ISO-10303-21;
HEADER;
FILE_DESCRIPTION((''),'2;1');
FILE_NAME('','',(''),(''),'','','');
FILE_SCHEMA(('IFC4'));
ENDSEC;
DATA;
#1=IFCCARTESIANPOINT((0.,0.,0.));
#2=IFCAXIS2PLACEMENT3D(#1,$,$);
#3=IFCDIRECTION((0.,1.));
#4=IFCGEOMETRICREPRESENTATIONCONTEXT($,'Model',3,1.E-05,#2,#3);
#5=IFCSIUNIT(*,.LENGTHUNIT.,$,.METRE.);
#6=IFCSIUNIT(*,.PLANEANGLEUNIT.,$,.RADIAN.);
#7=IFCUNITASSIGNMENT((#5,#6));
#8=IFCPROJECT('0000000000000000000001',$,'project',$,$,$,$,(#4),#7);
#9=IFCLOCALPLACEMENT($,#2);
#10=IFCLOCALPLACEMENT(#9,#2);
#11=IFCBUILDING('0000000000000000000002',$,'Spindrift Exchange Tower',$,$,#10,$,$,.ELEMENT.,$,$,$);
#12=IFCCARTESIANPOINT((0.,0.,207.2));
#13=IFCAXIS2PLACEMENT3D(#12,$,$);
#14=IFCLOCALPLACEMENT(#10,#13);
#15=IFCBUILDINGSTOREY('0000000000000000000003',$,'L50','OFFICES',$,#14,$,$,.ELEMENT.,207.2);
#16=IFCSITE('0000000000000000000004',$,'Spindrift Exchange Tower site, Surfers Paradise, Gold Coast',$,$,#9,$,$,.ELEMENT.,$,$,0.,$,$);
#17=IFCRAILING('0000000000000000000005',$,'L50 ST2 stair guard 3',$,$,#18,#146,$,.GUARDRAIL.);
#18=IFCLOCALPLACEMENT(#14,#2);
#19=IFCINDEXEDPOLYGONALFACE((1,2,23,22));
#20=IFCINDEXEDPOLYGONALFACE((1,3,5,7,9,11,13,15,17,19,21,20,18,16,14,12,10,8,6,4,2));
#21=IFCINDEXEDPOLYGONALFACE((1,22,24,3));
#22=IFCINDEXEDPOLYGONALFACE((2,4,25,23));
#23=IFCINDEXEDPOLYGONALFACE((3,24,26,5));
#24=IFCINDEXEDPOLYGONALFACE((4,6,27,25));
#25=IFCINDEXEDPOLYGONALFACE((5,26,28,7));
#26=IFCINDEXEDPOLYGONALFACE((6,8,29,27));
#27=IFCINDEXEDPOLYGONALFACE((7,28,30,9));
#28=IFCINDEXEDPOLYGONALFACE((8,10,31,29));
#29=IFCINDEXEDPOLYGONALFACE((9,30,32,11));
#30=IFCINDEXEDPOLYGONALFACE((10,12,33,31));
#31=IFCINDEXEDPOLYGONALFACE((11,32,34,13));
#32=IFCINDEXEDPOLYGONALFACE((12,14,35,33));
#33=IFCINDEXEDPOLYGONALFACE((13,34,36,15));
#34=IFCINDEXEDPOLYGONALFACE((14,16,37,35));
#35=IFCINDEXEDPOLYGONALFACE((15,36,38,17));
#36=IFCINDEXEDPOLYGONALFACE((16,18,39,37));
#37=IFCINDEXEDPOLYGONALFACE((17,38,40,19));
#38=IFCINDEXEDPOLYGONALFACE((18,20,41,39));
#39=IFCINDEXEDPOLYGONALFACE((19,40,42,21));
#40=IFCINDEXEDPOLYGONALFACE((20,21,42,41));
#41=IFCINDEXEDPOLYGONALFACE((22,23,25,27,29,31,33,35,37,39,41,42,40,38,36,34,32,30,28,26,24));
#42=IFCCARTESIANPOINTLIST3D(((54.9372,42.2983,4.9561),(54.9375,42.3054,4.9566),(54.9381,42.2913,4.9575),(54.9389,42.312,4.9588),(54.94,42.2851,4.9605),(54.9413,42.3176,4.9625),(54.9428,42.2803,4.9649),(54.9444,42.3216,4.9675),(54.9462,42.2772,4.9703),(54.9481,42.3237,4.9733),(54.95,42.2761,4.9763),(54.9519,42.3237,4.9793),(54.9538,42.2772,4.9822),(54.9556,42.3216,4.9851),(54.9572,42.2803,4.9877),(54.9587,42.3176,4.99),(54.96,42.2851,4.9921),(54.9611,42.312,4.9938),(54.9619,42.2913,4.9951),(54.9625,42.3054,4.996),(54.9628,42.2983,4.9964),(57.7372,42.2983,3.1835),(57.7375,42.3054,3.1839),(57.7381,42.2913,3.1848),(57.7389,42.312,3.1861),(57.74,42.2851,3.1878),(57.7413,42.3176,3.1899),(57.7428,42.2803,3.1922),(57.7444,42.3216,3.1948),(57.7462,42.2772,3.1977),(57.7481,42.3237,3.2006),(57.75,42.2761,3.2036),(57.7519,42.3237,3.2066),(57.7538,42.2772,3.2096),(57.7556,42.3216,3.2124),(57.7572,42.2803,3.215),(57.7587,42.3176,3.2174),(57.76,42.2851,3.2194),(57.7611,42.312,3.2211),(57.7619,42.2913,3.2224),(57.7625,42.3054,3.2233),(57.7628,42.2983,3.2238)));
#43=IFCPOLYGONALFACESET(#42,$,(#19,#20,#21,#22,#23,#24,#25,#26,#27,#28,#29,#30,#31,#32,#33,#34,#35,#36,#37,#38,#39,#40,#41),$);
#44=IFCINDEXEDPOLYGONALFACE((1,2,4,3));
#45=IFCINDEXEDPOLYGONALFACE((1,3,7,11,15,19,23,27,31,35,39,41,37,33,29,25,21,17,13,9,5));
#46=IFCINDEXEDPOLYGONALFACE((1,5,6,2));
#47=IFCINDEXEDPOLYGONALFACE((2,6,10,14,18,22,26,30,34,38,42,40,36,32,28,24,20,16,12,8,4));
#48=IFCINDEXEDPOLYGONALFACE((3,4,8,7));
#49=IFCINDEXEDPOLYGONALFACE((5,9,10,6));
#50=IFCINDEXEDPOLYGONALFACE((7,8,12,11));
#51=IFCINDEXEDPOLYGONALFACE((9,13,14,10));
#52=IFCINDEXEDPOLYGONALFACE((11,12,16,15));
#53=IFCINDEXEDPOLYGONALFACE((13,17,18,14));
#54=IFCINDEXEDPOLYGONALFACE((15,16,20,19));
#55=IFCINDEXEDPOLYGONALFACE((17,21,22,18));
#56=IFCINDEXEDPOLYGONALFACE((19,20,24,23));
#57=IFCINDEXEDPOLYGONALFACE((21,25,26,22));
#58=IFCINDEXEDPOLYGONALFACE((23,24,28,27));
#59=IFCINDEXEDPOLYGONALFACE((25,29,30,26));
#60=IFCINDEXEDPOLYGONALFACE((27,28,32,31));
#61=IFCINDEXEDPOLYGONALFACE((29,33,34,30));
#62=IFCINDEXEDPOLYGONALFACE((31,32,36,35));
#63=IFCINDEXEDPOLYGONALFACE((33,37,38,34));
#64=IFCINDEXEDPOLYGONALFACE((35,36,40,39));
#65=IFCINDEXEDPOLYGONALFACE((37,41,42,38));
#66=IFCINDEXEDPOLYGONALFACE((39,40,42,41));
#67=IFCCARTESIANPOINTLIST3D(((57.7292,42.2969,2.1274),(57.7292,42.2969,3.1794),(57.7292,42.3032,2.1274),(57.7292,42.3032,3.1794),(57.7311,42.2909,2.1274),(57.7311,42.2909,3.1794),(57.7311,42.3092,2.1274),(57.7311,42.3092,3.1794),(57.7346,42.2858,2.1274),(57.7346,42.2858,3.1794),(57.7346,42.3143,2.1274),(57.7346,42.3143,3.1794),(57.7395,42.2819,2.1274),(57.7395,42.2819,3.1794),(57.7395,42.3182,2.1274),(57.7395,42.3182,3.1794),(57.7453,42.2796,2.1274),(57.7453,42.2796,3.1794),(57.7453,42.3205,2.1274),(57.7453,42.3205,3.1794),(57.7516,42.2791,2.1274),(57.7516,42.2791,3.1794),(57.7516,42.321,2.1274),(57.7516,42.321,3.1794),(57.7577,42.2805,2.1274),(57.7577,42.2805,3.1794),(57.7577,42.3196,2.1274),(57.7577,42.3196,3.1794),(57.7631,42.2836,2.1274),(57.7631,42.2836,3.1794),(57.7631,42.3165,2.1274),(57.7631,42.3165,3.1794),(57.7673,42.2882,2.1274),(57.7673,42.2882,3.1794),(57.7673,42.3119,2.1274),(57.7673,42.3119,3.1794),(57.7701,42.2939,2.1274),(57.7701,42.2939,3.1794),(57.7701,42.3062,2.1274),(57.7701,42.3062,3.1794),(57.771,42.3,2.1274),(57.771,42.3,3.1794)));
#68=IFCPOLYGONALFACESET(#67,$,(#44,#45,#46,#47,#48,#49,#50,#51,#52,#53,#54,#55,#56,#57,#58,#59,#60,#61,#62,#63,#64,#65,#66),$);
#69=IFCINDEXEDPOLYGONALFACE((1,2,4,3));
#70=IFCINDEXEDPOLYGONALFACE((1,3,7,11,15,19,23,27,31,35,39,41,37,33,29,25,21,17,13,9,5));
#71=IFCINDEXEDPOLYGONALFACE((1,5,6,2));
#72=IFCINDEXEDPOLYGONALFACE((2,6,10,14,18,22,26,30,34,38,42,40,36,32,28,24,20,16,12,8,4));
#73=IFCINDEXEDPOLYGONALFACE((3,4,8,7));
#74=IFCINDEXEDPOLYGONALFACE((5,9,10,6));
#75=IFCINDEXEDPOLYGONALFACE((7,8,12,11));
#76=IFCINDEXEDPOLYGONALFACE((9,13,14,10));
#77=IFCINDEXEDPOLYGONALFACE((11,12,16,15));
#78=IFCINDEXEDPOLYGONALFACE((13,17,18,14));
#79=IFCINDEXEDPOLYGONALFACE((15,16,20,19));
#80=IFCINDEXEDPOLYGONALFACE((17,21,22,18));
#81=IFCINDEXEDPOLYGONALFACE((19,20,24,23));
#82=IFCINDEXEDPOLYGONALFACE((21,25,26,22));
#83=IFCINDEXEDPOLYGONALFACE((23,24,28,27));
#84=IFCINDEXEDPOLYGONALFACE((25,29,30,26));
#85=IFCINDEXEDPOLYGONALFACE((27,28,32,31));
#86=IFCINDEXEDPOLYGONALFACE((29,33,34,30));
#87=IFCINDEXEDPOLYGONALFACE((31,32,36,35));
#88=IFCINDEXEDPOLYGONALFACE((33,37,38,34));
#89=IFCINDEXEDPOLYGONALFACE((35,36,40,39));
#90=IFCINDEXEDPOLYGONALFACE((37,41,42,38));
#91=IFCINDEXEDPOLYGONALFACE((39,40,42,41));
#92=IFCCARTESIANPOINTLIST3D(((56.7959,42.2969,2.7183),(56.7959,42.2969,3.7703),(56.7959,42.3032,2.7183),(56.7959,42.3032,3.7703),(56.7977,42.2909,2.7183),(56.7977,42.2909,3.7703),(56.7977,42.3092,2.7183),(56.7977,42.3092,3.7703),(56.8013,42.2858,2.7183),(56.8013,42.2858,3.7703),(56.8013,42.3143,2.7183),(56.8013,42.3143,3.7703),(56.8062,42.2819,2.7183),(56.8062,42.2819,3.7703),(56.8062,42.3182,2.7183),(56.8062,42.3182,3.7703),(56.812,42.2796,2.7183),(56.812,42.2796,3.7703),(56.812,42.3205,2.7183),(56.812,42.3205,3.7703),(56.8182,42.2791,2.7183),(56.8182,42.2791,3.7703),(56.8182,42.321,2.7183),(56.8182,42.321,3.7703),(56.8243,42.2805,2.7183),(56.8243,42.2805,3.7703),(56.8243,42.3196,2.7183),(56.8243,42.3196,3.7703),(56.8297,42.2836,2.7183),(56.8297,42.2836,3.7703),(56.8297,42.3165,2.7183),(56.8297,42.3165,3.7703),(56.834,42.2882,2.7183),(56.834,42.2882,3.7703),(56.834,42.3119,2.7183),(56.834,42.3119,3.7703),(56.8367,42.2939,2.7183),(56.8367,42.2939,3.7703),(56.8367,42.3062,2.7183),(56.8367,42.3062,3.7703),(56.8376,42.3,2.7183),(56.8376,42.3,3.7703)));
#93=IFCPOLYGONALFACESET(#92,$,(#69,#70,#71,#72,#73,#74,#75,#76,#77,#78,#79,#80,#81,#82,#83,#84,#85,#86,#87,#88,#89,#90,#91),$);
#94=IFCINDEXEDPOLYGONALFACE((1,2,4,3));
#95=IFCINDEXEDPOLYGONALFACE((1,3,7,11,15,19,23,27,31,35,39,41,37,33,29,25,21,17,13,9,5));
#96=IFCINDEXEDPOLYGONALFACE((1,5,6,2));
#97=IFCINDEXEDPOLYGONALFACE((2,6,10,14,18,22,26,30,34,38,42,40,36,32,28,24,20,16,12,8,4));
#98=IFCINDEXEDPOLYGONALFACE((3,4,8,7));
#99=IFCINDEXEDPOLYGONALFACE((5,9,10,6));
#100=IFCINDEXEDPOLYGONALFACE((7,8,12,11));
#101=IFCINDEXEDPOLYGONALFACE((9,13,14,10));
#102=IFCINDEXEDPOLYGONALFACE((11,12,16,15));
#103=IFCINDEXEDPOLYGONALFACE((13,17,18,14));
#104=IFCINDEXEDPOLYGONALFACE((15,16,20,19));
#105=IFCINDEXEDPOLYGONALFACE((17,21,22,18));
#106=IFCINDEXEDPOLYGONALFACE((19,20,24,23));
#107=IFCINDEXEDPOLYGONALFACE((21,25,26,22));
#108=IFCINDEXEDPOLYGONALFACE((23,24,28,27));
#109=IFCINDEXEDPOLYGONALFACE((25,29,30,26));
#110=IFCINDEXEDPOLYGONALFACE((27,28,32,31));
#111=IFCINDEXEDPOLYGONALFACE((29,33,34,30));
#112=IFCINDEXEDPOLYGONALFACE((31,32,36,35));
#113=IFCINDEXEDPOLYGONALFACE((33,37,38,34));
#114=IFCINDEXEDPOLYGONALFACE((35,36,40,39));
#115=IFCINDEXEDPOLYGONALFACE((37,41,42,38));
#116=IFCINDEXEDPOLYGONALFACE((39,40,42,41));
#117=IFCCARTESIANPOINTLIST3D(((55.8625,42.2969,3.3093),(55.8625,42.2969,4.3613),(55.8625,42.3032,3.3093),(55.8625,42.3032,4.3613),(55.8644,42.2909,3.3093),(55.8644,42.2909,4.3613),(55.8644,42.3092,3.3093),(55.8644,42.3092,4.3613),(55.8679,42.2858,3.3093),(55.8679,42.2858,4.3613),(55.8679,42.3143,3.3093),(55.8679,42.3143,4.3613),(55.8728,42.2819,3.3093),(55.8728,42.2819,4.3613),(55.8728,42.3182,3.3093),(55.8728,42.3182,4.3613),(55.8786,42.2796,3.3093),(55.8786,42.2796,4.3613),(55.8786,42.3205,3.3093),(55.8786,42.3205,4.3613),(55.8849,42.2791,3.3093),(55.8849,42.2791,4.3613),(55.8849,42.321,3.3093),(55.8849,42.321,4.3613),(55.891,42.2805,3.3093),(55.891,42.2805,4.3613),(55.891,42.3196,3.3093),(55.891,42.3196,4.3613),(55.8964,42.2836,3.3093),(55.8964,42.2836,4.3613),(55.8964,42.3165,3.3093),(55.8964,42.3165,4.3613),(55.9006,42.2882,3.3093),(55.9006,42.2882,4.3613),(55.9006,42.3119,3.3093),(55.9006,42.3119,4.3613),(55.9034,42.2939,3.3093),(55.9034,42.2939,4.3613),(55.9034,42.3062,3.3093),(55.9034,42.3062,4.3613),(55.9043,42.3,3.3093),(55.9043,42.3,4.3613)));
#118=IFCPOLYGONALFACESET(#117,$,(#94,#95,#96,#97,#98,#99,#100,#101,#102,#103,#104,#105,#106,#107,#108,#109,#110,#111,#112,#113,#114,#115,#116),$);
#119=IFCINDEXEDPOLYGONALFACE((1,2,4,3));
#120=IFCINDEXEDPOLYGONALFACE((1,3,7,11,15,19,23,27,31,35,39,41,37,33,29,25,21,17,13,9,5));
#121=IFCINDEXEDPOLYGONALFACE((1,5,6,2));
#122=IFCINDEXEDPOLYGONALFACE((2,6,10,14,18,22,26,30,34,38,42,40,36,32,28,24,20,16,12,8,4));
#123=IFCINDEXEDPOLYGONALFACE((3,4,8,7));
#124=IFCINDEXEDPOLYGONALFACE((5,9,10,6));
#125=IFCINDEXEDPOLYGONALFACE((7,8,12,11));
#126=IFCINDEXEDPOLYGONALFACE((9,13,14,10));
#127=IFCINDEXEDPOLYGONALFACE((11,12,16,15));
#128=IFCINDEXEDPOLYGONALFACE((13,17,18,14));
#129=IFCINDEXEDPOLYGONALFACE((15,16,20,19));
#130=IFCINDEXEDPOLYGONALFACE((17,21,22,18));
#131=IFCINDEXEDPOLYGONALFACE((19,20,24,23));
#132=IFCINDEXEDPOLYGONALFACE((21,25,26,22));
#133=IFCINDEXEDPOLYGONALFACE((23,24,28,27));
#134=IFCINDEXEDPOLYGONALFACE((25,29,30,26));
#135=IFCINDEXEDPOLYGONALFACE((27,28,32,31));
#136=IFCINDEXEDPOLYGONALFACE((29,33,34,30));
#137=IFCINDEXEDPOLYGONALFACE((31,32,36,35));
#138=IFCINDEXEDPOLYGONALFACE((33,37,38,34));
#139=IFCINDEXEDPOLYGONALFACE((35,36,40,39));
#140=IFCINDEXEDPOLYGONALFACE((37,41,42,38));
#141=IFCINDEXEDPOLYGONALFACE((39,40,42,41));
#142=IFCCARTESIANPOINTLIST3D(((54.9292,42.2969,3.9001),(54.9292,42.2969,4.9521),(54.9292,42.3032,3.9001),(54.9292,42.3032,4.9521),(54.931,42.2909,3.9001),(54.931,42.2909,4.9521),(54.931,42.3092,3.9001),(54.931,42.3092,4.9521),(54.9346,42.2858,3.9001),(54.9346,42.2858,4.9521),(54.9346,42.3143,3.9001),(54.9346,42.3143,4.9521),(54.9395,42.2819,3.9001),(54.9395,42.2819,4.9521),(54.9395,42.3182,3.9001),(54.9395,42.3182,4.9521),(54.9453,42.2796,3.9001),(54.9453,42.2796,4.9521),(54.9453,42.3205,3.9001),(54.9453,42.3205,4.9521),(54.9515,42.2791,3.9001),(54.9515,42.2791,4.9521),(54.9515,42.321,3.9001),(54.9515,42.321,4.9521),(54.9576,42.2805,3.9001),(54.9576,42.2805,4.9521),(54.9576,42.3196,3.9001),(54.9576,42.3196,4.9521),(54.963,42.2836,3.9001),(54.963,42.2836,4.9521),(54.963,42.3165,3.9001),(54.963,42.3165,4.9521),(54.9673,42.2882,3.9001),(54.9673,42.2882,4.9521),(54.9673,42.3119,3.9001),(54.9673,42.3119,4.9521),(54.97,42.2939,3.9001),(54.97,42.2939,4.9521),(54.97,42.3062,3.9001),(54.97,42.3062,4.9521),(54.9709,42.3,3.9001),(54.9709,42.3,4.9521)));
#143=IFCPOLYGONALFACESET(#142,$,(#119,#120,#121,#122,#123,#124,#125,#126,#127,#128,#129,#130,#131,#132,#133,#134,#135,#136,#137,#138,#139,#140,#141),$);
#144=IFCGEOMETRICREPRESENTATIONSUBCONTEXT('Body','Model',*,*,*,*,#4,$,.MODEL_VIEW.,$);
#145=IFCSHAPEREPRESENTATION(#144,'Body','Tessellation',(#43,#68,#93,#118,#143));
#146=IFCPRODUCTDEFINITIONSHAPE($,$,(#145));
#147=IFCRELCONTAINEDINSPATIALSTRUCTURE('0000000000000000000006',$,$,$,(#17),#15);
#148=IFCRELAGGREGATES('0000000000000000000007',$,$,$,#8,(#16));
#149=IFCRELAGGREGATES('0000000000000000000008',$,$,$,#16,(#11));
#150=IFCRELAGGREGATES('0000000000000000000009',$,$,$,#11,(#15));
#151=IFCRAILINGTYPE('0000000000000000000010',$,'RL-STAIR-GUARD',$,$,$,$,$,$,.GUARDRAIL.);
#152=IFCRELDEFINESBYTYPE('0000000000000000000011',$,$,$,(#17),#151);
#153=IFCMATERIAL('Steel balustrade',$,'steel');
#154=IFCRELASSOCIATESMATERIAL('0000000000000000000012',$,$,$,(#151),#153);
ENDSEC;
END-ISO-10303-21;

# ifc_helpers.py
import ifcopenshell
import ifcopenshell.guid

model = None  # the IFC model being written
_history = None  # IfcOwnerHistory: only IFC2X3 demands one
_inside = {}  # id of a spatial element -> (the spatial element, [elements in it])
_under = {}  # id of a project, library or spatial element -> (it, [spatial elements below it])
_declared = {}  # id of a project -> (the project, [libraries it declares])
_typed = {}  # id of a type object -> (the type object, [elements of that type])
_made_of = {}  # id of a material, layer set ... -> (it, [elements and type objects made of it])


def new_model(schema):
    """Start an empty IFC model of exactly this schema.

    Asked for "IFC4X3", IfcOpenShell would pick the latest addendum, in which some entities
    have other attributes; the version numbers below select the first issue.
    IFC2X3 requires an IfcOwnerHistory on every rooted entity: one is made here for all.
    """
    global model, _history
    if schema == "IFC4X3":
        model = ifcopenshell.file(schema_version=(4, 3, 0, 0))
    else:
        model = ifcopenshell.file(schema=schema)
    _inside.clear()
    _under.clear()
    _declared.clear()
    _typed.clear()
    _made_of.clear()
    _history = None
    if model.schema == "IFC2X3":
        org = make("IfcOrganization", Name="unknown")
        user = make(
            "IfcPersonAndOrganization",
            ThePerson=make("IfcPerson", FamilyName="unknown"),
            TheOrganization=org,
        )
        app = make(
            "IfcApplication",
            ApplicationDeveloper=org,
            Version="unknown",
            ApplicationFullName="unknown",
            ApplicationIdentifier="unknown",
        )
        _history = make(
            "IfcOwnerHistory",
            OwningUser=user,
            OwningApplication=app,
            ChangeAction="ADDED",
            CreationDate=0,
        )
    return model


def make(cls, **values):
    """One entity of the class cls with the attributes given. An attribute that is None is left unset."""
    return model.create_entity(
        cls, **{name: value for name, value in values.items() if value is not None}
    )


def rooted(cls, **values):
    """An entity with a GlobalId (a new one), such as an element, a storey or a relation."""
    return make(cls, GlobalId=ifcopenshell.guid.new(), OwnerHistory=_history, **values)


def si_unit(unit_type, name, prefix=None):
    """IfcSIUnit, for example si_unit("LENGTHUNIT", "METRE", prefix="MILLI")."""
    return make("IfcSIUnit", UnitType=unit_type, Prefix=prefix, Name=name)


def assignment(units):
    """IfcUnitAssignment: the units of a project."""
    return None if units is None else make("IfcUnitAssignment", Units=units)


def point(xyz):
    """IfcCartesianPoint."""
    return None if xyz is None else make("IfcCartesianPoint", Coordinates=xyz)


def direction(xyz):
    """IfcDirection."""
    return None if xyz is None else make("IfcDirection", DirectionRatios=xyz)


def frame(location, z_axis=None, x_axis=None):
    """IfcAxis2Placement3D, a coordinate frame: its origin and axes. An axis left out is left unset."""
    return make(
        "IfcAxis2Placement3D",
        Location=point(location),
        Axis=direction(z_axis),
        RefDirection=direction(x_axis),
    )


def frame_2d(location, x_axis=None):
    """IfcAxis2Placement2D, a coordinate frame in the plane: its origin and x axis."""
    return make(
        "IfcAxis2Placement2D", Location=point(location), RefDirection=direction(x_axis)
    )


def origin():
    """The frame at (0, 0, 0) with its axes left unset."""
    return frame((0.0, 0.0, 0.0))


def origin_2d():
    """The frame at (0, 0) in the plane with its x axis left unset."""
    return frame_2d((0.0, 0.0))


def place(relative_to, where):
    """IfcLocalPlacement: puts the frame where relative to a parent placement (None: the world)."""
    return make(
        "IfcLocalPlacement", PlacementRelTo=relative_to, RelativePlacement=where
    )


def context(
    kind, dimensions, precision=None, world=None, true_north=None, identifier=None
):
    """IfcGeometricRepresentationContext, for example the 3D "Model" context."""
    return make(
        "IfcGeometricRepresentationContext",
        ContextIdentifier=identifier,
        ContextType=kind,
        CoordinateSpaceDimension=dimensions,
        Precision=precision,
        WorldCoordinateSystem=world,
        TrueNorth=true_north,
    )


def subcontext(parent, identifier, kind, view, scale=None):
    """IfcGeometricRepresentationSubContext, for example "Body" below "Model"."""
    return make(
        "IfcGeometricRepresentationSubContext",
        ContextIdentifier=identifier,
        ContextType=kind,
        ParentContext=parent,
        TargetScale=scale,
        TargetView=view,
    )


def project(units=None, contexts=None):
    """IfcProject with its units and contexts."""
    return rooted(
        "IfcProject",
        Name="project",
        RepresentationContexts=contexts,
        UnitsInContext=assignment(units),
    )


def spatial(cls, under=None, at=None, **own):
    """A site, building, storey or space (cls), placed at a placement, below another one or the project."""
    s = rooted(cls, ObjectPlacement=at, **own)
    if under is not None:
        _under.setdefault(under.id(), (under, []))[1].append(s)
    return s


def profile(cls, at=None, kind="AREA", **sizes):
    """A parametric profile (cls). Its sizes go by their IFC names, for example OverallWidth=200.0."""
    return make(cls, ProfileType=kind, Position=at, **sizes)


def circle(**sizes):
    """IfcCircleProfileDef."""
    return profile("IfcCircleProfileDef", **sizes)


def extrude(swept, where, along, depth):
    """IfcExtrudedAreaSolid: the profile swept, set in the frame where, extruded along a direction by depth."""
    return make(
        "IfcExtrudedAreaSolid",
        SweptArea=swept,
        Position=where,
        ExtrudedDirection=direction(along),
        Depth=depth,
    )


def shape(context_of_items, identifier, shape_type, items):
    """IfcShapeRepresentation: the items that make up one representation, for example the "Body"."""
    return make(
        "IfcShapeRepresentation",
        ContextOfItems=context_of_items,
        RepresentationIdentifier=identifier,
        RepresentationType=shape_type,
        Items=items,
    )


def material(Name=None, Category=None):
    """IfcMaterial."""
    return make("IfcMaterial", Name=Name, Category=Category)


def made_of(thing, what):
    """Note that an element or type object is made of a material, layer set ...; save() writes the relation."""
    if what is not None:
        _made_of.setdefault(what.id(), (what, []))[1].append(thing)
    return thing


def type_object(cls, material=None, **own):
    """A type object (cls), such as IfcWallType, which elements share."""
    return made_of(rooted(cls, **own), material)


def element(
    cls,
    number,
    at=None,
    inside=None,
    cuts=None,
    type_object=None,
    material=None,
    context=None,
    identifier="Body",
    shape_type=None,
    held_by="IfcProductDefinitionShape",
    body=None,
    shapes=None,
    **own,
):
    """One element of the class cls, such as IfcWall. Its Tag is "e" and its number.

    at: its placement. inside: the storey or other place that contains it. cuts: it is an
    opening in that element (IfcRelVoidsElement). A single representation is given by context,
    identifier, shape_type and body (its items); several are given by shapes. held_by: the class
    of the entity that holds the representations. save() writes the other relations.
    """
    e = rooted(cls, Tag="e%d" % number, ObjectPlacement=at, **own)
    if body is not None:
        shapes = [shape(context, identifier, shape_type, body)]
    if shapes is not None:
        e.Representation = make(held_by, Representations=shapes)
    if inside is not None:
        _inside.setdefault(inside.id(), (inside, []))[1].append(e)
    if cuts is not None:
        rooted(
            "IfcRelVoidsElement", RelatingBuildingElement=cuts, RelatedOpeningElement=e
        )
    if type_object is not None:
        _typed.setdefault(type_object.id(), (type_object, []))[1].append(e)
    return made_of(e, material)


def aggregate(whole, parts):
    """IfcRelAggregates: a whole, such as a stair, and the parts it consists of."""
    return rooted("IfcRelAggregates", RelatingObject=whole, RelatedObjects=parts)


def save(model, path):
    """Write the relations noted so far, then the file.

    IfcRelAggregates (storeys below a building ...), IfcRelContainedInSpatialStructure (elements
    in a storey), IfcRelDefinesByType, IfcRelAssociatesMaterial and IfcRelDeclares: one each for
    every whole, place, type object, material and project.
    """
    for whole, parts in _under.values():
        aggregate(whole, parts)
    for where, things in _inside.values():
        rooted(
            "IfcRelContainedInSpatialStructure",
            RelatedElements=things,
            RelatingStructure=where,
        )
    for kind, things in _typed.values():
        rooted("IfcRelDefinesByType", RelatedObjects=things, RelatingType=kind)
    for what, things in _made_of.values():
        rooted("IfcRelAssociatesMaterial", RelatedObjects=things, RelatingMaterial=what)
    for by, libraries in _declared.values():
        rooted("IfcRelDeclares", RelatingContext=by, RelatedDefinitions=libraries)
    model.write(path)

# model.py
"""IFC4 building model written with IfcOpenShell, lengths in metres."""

from ifc_helpers import new_model, si_unit, direction, frame, origin, origin_2d, place, context, subcontext, project, spatial, circle, extrude, material, type_object, element, save


model = new_model("IFC4")

# Units and contexts
model_context = context("Model", 3, precision=1e-05, world=origin(), true_north=direction((0.0, 1.0)))
body_context = subcontext(model_context, "Body", "Model", "MODEL_VIEW")
ifc_project = project(units=[si_unit("LENGTHUNIT", "METRE"), si_unit("PLANEANGLEUNIT", "RADIAN")], contexts=[model_context])

# Site, building, storey
site_placement = place(None, origin())
site = spatial("IfcSite", under=ifc_project, at=site_placement, Name="Spindrift Exchange Tower site, Surfers Paradise, Gold Coast", CompositionType="ELEMENT", RefElevation=0.0)
building_placement = place(site_placement, origin())
building = spatial("IfcBuilding", under=site, at=building_placement, Name="Spindrift Exchange Tower", CompositionType="ELEMENT")
storey_placement = place(building_placement, frame((0.0, 0.0, 207.2)))
storey = spatial("IfcBuildingStorey", under=building, at=storey_placement, Name="L50", Description="OFFICES", CompositionType="ELEMENT", Elevation=207.2)

# Railing
ifc_material_1 = material(Name="Steel balustrade", Category="steel")
railing_type_1 = type_object("IfcRailingType", Name="RL-STAIR-GUARD", PredefinedType="GUARDRAIL", material=ifc_material_1)
railing_1_placement = place(storey_placement, frame((57.75, 42.3, 2.1274)))
element("IfcRailing", 1, at=railing_1_placement, inside=storey, type_object=railing_type_1, Name="L50 ST2 stair guard 3", PredefinedType="GUARDRAIL", context=body_context, shape_type="SweptSolid", body=[
    extrude(circle(Radius=0.0239, at=origin_2d()), frame((0.0, 0.0, 1.0762), z_axis=(-0.844909, 0.0, 0.53491), x_axis=(0.0, -1.0, 0.0)), (0.0, 0.0, 1.0), 3.314),
    extrude(circle(Radius=0.021, at=origin_2d()), origin(), (0.0, 0.0, 1.0), 1.052),
    extrude(circle(Radius=0.021, at=origin_2d()), frame((-0.9333, 0.0, 0.5908)), (0.0, 0.0, 1.0), 1.052),
    extrude(circle(Radius=0.021, at=origin_2d()), frame((-1.8667, 0.0, 1.1819)), (0.0, 0.0, 1.0), 1.052),
    extrude(circle(Radius=0.021, at=origin_2d()), frame((-2.8, 0.0, 1.7727)), (0.0, 0.0, 1.0), 1.052),
])

save(model, "model.ifc")
